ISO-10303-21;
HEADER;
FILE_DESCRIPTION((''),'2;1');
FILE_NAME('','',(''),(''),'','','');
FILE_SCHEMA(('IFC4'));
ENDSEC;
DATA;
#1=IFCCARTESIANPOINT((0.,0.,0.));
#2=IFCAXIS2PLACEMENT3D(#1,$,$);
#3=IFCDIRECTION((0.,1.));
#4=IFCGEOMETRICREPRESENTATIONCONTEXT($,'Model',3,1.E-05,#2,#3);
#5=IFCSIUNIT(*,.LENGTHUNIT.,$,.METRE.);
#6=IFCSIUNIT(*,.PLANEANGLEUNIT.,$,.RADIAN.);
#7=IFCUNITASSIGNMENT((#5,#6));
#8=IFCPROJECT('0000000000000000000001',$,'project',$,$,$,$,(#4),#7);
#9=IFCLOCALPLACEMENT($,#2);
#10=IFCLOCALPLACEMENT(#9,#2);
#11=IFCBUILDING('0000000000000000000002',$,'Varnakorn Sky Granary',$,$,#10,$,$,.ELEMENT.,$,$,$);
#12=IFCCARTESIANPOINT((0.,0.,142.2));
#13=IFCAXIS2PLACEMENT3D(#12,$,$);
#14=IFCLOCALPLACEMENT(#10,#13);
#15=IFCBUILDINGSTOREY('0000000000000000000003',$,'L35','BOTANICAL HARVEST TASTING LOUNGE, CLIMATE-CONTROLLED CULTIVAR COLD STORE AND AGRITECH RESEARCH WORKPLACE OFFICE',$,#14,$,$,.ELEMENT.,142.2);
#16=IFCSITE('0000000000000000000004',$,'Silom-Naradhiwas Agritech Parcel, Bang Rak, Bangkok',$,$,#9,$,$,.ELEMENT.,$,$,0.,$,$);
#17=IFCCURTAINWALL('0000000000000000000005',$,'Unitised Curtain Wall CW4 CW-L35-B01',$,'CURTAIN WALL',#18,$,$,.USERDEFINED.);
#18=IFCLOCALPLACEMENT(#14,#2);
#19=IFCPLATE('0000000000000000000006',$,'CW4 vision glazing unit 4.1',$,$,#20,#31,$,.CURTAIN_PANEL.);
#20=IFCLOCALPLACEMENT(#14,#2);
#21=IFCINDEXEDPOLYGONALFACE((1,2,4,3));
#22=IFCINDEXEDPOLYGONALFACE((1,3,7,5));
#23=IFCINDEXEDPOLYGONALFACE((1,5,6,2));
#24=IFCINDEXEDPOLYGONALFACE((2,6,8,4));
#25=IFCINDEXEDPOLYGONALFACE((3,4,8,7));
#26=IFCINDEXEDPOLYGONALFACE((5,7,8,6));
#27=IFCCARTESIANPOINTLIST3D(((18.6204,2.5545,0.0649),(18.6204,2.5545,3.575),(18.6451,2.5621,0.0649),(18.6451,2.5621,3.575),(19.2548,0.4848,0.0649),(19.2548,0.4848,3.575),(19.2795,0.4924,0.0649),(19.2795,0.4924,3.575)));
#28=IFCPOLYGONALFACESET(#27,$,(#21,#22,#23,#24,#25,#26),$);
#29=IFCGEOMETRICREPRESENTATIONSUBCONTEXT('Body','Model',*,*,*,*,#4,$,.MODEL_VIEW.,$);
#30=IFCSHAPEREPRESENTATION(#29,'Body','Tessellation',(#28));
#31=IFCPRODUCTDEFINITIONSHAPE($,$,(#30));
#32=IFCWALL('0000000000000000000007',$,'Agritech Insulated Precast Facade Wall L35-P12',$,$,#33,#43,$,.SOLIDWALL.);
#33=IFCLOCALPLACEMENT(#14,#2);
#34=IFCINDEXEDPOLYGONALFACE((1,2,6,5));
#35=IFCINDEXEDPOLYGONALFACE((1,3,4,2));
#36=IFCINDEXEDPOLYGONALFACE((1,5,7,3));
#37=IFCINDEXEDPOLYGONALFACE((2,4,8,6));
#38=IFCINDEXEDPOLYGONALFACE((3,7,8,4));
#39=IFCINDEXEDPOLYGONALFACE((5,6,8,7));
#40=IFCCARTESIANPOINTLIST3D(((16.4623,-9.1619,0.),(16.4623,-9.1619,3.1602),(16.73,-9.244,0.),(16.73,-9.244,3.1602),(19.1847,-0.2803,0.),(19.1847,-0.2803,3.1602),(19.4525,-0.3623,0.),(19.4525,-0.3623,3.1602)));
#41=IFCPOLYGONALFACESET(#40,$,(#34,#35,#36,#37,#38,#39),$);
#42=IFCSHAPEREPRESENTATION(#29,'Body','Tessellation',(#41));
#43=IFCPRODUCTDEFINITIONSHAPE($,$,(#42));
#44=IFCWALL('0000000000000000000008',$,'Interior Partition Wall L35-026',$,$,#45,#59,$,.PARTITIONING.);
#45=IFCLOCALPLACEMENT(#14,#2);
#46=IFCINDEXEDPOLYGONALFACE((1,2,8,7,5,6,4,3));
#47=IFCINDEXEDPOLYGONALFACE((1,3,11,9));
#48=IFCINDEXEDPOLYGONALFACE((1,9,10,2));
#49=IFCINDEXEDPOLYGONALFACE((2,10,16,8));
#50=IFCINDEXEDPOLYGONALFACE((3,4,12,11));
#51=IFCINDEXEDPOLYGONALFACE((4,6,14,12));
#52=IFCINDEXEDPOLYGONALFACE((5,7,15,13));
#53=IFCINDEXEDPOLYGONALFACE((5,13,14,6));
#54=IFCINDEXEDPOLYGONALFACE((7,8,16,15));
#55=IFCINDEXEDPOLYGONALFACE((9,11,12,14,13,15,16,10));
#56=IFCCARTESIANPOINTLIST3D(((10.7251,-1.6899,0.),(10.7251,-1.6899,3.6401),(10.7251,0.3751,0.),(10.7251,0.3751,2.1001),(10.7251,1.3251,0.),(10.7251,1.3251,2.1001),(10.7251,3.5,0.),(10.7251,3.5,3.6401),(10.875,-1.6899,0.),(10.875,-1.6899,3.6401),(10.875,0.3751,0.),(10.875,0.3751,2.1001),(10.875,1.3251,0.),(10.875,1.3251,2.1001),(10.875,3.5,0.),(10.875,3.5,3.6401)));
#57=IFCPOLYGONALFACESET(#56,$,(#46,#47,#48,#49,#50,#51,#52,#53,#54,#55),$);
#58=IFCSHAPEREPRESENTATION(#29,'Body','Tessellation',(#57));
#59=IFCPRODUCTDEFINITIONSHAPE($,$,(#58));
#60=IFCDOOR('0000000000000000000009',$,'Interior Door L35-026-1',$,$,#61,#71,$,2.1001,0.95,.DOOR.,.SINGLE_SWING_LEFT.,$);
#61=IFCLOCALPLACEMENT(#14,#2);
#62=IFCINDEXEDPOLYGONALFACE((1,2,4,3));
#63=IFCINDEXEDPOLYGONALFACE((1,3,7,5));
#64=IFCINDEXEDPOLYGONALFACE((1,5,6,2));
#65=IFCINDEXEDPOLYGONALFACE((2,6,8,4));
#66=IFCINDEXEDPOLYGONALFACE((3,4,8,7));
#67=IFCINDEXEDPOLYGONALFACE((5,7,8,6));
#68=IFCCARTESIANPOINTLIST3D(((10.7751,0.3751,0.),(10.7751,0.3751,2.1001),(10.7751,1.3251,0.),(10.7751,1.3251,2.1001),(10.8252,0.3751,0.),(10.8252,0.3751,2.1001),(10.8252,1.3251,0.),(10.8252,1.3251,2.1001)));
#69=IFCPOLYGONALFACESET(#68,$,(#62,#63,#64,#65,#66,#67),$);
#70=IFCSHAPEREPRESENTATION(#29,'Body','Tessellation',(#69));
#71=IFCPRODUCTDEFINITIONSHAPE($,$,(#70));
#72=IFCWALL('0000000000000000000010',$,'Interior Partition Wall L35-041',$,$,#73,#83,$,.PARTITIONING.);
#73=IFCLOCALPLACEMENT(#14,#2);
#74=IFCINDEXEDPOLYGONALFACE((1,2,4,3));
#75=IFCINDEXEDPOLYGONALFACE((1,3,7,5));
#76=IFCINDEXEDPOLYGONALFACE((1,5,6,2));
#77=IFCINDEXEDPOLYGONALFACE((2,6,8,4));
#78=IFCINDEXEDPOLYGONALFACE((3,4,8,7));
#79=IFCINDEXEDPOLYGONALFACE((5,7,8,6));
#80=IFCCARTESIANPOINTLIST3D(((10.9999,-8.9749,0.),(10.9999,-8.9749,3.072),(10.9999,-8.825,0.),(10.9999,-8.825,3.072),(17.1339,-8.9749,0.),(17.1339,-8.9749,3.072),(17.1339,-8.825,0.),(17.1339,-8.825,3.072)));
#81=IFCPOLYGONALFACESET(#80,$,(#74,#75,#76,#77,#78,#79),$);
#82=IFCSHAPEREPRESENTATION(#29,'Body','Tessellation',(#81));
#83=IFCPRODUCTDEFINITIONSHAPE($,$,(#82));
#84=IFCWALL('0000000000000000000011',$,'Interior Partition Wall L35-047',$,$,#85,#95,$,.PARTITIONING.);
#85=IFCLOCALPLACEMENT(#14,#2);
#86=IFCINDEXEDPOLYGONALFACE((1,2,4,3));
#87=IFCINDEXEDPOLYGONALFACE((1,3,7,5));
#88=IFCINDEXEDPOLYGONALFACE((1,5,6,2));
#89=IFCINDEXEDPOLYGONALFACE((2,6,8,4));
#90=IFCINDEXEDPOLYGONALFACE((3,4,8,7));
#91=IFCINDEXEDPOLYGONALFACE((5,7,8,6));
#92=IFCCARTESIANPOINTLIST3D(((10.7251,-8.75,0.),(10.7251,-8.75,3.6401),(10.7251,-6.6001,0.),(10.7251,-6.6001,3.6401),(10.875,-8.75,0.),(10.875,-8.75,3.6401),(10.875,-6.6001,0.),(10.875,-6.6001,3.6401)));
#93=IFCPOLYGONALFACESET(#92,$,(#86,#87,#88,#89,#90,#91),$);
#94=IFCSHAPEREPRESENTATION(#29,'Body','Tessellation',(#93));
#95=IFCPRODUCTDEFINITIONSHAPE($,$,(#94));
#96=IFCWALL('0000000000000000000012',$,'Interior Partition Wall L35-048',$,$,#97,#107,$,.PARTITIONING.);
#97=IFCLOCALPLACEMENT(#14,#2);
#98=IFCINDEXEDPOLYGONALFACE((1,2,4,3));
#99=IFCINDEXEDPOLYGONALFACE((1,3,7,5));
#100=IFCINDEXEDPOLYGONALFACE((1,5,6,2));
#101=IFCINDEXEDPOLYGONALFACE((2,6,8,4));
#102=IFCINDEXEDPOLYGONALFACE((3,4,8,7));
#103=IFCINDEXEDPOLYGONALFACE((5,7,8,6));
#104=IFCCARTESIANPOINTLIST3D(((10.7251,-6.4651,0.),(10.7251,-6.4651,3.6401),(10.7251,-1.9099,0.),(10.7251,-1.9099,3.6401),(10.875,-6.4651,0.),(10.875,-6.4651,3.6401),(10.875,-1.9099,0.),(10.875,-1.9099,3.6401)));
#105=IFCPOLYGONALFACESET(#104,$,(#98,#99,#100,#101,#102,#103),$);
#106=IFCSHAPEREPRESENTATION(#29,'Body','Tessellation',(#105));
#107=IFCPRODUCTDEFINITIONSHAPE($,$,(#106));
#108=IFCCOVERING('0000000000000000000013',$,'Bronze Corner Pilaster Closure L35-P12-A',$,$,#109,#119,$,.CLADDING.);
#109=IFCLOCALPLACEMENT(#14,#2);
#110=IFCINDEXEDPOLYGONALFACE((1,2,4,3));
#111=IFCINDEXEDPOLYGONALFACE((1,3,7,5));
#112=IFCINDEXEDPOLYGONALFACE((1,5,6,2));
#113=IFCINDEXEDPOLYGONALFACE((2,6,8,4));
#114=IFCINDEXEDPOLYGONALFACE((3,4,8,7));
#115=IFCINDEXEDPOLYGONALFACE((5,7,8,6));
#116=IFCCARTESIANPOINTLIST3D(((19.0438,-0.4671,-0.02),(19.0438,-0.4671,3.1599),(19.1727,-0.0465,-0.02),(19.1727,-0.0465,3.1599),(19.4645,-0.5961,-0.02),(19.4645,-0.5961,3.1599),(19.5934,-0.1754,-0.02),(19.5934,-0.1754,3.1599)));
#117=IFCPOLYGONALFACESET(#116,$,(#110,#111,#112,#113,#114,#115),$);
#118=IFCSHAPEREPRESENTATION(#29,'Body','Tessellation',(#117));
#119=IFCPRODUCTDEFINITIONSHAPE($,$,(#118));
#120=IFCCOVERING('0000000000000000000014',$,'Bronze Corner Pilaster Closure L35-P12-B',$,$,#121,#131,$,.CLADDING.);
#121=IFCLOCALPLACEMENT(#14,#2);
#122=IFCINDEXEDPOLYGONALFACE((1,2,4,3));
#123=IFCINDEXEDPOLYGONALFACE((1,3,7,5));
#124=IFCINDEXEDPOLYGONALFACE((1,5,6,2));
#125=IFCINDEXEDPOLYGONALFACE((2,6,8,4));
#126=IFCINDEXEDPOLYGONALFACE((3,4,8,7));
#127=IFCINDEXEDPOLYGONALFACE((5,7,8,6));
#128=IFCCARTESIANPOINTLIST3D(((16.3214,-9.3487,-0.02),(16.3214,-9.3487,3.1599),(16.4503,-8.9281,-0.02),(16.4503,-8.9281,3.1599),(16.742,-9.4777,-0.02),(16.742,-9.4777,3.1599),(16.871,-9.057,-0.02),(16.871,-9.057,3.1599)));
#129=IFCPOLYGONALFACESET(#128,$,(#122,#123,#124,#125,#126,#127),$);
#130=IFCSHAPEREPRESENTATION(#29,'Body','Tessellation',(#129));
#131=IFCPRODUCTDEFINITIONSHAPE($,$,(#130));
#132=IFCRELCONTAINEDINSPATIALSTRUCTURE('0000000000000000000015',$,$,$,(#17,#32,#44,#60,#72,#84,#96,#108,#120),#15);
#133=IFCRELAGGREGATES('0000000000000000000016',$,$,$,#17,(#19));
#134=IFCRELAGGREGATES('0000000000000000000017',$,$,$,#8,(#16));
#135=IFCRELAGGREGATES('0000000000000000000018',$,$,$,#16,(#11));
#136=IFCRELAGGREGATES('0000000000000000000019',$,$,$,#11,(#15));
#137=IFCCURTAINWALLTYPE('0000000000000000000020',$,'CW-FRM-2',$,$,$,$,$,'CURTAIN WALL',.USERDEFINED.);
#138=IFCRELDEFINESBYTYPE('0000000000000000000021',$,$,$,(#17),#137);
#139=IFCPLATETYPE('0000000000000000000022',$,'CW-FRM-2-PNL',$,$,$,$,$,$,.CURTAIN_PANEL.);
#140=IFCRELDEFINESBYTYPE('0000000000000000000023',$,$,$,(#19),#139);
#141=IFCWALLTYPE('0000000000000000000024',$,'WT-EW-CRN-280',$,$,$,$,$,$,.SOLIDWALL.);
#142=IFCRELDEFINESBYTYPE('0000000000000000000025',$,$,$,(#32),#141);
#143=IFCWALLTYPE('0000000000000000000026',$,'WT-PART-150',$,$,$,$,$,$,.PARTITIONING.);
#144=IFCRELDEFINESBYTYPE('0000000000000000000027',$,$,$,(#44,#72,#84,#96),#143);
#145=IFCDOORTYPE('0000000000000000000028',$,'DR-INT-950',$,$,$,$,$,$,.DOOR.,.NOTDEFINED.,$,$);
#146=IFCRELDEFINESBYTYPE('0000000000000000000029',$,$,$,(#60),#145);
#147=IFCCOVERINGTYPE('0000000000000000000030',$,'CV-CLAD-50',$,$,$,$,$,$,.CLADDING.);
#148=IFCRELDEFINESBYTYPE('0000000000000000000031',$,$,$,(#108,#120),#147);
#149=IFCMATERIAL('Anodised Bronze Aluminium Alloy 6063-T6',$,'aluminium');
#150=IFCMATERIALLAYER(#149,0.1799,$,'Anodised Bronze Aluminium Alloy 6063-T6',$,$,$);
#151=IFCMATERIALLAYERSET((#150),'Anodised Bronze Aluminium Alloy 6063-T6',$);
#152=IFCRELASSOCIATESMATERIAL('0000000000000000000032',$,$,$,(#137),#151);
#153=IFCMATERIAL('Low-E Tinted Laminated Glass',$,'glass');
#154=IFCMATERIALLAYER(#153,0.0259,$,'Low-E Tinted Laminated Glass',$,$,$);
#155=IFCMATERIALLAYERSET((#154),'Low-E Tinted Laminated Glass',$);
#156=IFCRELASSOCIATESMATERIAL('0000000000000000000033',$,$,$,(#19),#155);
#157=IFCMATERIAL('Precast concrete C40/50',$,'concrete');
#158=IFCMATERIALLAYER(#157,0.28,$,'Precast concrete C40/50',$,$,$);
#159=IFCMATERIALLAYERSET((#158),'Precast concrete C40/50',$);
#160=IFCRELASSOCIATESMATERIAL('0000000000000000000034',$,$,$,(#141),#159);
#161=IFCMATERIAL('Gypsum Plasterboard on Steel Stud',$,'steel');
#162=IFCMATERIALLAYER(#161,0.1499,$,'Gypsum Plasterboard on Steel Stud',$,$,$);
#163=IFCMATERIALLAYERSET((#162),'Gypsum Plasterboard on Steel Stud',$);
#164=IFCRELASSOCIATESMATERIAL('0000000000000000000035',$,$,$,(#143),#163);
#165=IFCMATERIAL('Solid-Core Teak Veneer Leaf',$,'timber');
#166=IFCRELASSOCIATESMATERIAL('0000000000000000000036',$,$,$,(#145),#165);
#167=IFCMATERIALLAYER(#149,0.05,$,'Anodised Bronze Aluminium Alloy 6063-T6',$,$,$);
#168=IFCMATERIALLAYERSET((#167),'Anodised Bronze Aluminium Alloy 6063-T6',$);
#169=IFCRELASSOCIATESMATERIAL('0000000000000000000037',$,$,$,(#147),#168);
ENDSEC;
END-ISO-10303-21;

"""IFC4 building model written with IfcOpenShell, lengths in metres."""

from ifc_helpers import new_model, si_unit, direction, frame, frame_2d, origin, origin_2d, place, context, subcontext, project, spatial, rectangle, extrude, source, transform, mapped, material, layer, layer_set, type_object, type_shapes, element, fill, aggregate, save


model = new_model("IFC4")

# Units and contexts
model_context = context("Model", 3, precision=1e-05, world=origin(), true_north=direction((0.0, 1.0)))
body_context = subcontext(model_context, "Body", "Model", "MODEL_VIEW")
ifc_project = project(units=[si_unit("LENGTHUNIT", "METRE"), si_unit("PLANEANGLEUNIT", "RADIAN")], contexts=[model_context])

# Site, building, storey
site_placement = place(None, origin())
site = spatial("IfcSite", under=ifc_project, at=site_placement, Name="Silom-Naradhiwas Agritech Parcel, Bang Rak, Bangkok", CompositionType="ELEMENT", RefElevation=0.0)
building_placement = place(site_placement, origin())
building = spatial("IfcBuilding", under=site, at=building_placement, Name="Varnakorn Sky Granary", CompositionType="ELEMENT")
storey_placement = place(building_placement, frame((0.0, 0.0, 142.2)))
storey = spatial("IfcBuildingStorey", under=building, at=storey_placement, Name="L35", Description="BOTANICAL HARVEST TASTING LOUNGE, CLIMATE-CONTROLLED CULTIVAR COLD STORE AND AGRITECH RESEARCH WORKPLACE OFFICE", CompositionType="ELEMENT", Elevation=142.2)

# Curtain wall
ifc_material_1 = material(Name="Anodised Bronze Aluminium Alloy 6063-T6", Category="aluminium")
ifc_layer_1 = layer(ifc_material_1, 0.1799, Name="Anodised Bronze Aluminium Alloy 6063-T6")
ifc_layer_set_1 = layer_set([ifc_layer_1], Name="Anodised Bronze Aluminium Alloy 6063-T6")
curtain_wall_type = type_object("IfcCurtainWallType", Name="CW-FRM-2", ElementType="CURTAIN WALL", PredefinedType="USERDEFINED", material=ifc_layer_set_1)
curtain_wall_1_placement = place(storey_placement, origin())
curtain_wall_1 = element("IfcCurtainWall", 1, at=curtain_wall_1_placement, inside=storey, type_object=curtain_wall_type, Name="Unitised Curtain Wall CW4 CW-L35-B01", ObjectType="CURTAIN WALL", PredefinedType="USERDEFINED")

# Plate
ifc_material_2 = material(Name="Low-E Tinted Laminated Glass", Category="glass")
ifc_layer_2 = layer(ifc_material_2, 0.0259, Name="Low-E Tinted Laminated Glass")
ifc_layer_set_2 = layer_set([ifc_layer_2], Name="Low-E Tinted Laminated Glass")
plate_type = type_object("IfcPlateType", Name="CW-FRM-2-PNL", PredefinedType="CURTAIN_PANEL")
shared_shape_1 = source(origin(), body_context, "Body", "SweptSolid", [
    extrude(rectangle(XDim=2.1648, YDim=0.0259, at=origin_2d()), origin(), (0.0, 0.0, 1.0), 3.51),
])
type_shapes(plate_type, [shared_shape_1])
plate_placement = place(storey_placement, frame((18.95, 1.5234, 0.0649), z_axis=(0.0, 0.0, 1.0), x_axis=(0.293068, -0.956092, 0.0)))
plate = element("IfcPlate", 2, at=plate_placement, type_object=plate_type, material=ifc_layer_set_2, Name="CW4 vision glazing unit 4.1", PredefinedType="CURTAIN_PANEL", context=body_context, shape_type="MappedRepresentation", body=[
    mapped(shared_shape_1, transform((0.0, 0.0, 0.0), x_axis=(1.0, 0.0, 0.0), y_axis=(0.0, 1.0, 0.0), z_axis=(0.0, 0.0, 1.0), scale=1.0)),
])
aggregate(curtain_wall_1, [plate])

# Wall
ifc_material_3 = material(Name="Precast concrete C40/50", Category="concrete")
ifc_layer_3 = layer(ifc_material_3, 0.28, Name="Precast concrete C40/50")
ifc_layer_set_3 = layer_set([ifc_layer_3], Name="Precast concrete C40/50")
wall_type_1 = type_object("IfcWallType", Name="WT-EW-CRN-280", PredefinedType="SOLIDWALL", material=ifc_layer_set_3)
wall_1_placement = place(storey_placement, frame((19.3186, -0.3213, 0.0), z_axis=(0.0, 0.0, 1.0), x_axis=(-0.293064, -0.956093, 0.0)))
element("IfcWall", 3, at=wall_1_placement, inside=storey, type_object=wall_type_1, Name="Agritech Insulated Precast Facade Wall L35-P12", PredefinedType="SOLIDWALL", context=body_context, shape_type="SweptSolid", body=[
    extrude(rectangle(XDim=9.2896, YDim=0.28, at=frame_2d((4.6448, 0.0))), origin(), (0.0, 0.0, 1.0), 3.1602),
])

# Wall, opening, door
ifc_material_4 = material(Name="Gypsum Plasterboard on Steel Stud", Category="steel")
ifc_layer_4 = layer(ifc_material_4, 0.1499, Name="Gypsum Plasterboard on Steel Stud")
ifc_layer_set_4 = layer_set([ifc_layer_4], Name="Gypsum Plasterboard on Steel Stud")
wall_type_2 = type_object("IfcWallType", Name="WT-PART-150", PredefinedType="PARTITIONING", material=ifc_layer_set_4)
wall_2_placement = place(storey_placement, frame((10.8, -1.6899, 0.0), z_axis=(0.0, 0.0, 1.0), x_axis=(0.0, 1.0, 0.0)))
wall_2 = element("IfcWall", 4, at=wall_2_placement, inside=storey, type_object=wall_type_2, Name="Interior Partition Wall L35-026", PredefinedType="PARTITIONING", context=body_context, shape_type="SweptSolid", body=[
    extrude(rectangle(XDim=5.1899, YDim=0.1499, at=frame_2d((2.595, 0.0))), origin(), (0.0, 0.0, 1.0), 3.6401),
])
opening_placement = place(wall_2_placement, frame((2.0649, 0.0, 0.0)))
opening = element("IfcOpeningElement", 5, at=opening_placement, cuts=wall_2, PredefinedType="OPENING", context=body_context, shape_type="SweptSolid", body=[
    extrude(rectangle(XDim=0.95, YDim=2.1001, at=frame_2d((0.4751, 1.05))), frame((0.0, 0.085, 0.0), z_axis=(0.0, -1.0, 0.0), x_axis=(1.0, 0.0, 0.0)), (0.0, 0.0, 1.0), 0.1699),
])
ifc_material_5 = material(Name="Solid-Core Teak Veneer Leaf", Category="timber")
door_type = type_object("IfcDoorType", Name="DR-INT-950", OperationType="NOTDEFINED", PredefinedType="DOOR", material=ifc_material_5)
door_placement = place(opening_placement, origin())
door = element("IfcDoor", 6, at=door_placement, inside=storey, type_object=door_type, Name="Interior Door L35-026-1", OperationType="SINGLE_SWING_LEFT", OverallHeight=2.1001, OverallWidth=0.95, PredefinedType="DOOR", context=body_context, shape_type="SweptSolid", body=[
    extrude(rectangle(XDim=0.95, YDim=2.1001, at=frame_2d((0.4751, 1.05))), frame((0.0, 0.0249, 0.0), z_axis=(0.0, -1.0, 0.0), x_axis=(1.0, 0.0, 0.0)), (0.0, 0.0, 1.0), 0.05),
])
fill(opening, door)

# Walls
wall_3_placement = place(storey_placement, frame((11.0, -8.8999, 0.0), z_axis=(0.0, 0.0, 1.0), x_axis=(1.0, 0.0, 0.0)))
element("IfcWall", 7, at=wall_3_placement, inside=storey, type_object=wall_type_2, Name="Interior Partition Wall L35-041", PredefinedType="PARTITIONING", context=body_context, shape_type="SweptSolid", body=[
    extrude(rectangle(XDim=6.134, YDim=0.1499, at=frame_2d((3.0669, 0.0))), origin(), (0.0, 0.0, 1.0), 3.072),
])
wall_4_placement = place(storey_placement, frame((10.8, -8.75, 0.0), z_axis=(0.0, 0.0, 1.0), x_axis=(0.0, 1.0, 0.0)))
element("IfcWall", 8, at=wall_4_placement, inside=storey, type_object=wall_type_2, Name="Interior Partition Wall L35-047", PredefinedType="PARTITIONING", context=body_context, shape_type="SweptSolid", body=[
    extrude(rectangle(XDim=2.1499, YDim=0.1499, at=frame_2d((1.075, 0.0))), origin(), (0.0, 0.0, 1.0), 3.6401),
])
wall_5_placement = place(storey_placement, frame((10.8, -6.4651, 0.0), z_axis=(0.0, 0.0, 1.0), x_axis=(0.0, 1.0, 0.0)))
element("IfcWall", 9, at=wall_5_placement, inside=storey, type_object=wall_type_2, Name="Interior Partition Wall L35-048", PredefinedType="PARTITIONING", context=body_context, shape_type="SweptSolid", body=[
    extrude(rectangle(XDim=4.5552, YDim=0.1499, at=frame_2d((2.2776, 0.0))), origin(), (0.0, 0.0, 1.0), 3.6401),
])

# Coverings
ifc_layer_5 = layer(ifc_material_1, 0.05, Name="Anodised Bronze Aluminium Alloy 6063-T6")
ifc_layer_set_5 = layer_set([ifc_layer_5], Name="Anodised Bronze Aluminium Alloy 6063-T6")
covering_type = type_object("IfcCoveringType", Name="CV-CLAD-50", PredefinedType="CLADDING", material=ifc_layer_set_5)
shared_shape_2 = source(origin(), body_context, "Body", "SweptSolid", [
    extrude(rectangle(XDim=0.4399, YDim=0.4399, at=origin_2d()), origin(), (0.0, 0.0, 1.0), 3.1799),
])
type_shapes(covering_type, [shared_shape_2])
for number, where, z_axis, x_axis, name in (
    (10, (19.3186, -0.3213, -0.02), (0.0, 0.0, 1.0), (-0.293039, -0.9561, 0.0), "Bronze Corner Pilaster Closure L35-P12-A"),
    (11, (16.5962, -9.2029, -0.02), (0.0, 0.0, 1.0), (-0.293039, -0.9561, 0.0), "Bronze Corner Pilaster Closure L35-P12-B"),
):
    element("IfcCovering", number, at=place(storey_placement, frame(where, z_axis=z_axis, x_axis=x_axis)), inside=storey, type_object=covering_type, Name=name, PredefinedType="CLADDING", context=body_context, shape_type="MappedRepresentation", body=[
        mapped(shared_shape_2, transform((0.0, 0.0, 0.0), x_axis=(1.0, 0.0, 0.0), y_axis=(0.0, 1.0, 0.0), z_axis=(0.0, 0.0, 1.0), scale=1.0)),
    ])

save(model, "model.ifc")
